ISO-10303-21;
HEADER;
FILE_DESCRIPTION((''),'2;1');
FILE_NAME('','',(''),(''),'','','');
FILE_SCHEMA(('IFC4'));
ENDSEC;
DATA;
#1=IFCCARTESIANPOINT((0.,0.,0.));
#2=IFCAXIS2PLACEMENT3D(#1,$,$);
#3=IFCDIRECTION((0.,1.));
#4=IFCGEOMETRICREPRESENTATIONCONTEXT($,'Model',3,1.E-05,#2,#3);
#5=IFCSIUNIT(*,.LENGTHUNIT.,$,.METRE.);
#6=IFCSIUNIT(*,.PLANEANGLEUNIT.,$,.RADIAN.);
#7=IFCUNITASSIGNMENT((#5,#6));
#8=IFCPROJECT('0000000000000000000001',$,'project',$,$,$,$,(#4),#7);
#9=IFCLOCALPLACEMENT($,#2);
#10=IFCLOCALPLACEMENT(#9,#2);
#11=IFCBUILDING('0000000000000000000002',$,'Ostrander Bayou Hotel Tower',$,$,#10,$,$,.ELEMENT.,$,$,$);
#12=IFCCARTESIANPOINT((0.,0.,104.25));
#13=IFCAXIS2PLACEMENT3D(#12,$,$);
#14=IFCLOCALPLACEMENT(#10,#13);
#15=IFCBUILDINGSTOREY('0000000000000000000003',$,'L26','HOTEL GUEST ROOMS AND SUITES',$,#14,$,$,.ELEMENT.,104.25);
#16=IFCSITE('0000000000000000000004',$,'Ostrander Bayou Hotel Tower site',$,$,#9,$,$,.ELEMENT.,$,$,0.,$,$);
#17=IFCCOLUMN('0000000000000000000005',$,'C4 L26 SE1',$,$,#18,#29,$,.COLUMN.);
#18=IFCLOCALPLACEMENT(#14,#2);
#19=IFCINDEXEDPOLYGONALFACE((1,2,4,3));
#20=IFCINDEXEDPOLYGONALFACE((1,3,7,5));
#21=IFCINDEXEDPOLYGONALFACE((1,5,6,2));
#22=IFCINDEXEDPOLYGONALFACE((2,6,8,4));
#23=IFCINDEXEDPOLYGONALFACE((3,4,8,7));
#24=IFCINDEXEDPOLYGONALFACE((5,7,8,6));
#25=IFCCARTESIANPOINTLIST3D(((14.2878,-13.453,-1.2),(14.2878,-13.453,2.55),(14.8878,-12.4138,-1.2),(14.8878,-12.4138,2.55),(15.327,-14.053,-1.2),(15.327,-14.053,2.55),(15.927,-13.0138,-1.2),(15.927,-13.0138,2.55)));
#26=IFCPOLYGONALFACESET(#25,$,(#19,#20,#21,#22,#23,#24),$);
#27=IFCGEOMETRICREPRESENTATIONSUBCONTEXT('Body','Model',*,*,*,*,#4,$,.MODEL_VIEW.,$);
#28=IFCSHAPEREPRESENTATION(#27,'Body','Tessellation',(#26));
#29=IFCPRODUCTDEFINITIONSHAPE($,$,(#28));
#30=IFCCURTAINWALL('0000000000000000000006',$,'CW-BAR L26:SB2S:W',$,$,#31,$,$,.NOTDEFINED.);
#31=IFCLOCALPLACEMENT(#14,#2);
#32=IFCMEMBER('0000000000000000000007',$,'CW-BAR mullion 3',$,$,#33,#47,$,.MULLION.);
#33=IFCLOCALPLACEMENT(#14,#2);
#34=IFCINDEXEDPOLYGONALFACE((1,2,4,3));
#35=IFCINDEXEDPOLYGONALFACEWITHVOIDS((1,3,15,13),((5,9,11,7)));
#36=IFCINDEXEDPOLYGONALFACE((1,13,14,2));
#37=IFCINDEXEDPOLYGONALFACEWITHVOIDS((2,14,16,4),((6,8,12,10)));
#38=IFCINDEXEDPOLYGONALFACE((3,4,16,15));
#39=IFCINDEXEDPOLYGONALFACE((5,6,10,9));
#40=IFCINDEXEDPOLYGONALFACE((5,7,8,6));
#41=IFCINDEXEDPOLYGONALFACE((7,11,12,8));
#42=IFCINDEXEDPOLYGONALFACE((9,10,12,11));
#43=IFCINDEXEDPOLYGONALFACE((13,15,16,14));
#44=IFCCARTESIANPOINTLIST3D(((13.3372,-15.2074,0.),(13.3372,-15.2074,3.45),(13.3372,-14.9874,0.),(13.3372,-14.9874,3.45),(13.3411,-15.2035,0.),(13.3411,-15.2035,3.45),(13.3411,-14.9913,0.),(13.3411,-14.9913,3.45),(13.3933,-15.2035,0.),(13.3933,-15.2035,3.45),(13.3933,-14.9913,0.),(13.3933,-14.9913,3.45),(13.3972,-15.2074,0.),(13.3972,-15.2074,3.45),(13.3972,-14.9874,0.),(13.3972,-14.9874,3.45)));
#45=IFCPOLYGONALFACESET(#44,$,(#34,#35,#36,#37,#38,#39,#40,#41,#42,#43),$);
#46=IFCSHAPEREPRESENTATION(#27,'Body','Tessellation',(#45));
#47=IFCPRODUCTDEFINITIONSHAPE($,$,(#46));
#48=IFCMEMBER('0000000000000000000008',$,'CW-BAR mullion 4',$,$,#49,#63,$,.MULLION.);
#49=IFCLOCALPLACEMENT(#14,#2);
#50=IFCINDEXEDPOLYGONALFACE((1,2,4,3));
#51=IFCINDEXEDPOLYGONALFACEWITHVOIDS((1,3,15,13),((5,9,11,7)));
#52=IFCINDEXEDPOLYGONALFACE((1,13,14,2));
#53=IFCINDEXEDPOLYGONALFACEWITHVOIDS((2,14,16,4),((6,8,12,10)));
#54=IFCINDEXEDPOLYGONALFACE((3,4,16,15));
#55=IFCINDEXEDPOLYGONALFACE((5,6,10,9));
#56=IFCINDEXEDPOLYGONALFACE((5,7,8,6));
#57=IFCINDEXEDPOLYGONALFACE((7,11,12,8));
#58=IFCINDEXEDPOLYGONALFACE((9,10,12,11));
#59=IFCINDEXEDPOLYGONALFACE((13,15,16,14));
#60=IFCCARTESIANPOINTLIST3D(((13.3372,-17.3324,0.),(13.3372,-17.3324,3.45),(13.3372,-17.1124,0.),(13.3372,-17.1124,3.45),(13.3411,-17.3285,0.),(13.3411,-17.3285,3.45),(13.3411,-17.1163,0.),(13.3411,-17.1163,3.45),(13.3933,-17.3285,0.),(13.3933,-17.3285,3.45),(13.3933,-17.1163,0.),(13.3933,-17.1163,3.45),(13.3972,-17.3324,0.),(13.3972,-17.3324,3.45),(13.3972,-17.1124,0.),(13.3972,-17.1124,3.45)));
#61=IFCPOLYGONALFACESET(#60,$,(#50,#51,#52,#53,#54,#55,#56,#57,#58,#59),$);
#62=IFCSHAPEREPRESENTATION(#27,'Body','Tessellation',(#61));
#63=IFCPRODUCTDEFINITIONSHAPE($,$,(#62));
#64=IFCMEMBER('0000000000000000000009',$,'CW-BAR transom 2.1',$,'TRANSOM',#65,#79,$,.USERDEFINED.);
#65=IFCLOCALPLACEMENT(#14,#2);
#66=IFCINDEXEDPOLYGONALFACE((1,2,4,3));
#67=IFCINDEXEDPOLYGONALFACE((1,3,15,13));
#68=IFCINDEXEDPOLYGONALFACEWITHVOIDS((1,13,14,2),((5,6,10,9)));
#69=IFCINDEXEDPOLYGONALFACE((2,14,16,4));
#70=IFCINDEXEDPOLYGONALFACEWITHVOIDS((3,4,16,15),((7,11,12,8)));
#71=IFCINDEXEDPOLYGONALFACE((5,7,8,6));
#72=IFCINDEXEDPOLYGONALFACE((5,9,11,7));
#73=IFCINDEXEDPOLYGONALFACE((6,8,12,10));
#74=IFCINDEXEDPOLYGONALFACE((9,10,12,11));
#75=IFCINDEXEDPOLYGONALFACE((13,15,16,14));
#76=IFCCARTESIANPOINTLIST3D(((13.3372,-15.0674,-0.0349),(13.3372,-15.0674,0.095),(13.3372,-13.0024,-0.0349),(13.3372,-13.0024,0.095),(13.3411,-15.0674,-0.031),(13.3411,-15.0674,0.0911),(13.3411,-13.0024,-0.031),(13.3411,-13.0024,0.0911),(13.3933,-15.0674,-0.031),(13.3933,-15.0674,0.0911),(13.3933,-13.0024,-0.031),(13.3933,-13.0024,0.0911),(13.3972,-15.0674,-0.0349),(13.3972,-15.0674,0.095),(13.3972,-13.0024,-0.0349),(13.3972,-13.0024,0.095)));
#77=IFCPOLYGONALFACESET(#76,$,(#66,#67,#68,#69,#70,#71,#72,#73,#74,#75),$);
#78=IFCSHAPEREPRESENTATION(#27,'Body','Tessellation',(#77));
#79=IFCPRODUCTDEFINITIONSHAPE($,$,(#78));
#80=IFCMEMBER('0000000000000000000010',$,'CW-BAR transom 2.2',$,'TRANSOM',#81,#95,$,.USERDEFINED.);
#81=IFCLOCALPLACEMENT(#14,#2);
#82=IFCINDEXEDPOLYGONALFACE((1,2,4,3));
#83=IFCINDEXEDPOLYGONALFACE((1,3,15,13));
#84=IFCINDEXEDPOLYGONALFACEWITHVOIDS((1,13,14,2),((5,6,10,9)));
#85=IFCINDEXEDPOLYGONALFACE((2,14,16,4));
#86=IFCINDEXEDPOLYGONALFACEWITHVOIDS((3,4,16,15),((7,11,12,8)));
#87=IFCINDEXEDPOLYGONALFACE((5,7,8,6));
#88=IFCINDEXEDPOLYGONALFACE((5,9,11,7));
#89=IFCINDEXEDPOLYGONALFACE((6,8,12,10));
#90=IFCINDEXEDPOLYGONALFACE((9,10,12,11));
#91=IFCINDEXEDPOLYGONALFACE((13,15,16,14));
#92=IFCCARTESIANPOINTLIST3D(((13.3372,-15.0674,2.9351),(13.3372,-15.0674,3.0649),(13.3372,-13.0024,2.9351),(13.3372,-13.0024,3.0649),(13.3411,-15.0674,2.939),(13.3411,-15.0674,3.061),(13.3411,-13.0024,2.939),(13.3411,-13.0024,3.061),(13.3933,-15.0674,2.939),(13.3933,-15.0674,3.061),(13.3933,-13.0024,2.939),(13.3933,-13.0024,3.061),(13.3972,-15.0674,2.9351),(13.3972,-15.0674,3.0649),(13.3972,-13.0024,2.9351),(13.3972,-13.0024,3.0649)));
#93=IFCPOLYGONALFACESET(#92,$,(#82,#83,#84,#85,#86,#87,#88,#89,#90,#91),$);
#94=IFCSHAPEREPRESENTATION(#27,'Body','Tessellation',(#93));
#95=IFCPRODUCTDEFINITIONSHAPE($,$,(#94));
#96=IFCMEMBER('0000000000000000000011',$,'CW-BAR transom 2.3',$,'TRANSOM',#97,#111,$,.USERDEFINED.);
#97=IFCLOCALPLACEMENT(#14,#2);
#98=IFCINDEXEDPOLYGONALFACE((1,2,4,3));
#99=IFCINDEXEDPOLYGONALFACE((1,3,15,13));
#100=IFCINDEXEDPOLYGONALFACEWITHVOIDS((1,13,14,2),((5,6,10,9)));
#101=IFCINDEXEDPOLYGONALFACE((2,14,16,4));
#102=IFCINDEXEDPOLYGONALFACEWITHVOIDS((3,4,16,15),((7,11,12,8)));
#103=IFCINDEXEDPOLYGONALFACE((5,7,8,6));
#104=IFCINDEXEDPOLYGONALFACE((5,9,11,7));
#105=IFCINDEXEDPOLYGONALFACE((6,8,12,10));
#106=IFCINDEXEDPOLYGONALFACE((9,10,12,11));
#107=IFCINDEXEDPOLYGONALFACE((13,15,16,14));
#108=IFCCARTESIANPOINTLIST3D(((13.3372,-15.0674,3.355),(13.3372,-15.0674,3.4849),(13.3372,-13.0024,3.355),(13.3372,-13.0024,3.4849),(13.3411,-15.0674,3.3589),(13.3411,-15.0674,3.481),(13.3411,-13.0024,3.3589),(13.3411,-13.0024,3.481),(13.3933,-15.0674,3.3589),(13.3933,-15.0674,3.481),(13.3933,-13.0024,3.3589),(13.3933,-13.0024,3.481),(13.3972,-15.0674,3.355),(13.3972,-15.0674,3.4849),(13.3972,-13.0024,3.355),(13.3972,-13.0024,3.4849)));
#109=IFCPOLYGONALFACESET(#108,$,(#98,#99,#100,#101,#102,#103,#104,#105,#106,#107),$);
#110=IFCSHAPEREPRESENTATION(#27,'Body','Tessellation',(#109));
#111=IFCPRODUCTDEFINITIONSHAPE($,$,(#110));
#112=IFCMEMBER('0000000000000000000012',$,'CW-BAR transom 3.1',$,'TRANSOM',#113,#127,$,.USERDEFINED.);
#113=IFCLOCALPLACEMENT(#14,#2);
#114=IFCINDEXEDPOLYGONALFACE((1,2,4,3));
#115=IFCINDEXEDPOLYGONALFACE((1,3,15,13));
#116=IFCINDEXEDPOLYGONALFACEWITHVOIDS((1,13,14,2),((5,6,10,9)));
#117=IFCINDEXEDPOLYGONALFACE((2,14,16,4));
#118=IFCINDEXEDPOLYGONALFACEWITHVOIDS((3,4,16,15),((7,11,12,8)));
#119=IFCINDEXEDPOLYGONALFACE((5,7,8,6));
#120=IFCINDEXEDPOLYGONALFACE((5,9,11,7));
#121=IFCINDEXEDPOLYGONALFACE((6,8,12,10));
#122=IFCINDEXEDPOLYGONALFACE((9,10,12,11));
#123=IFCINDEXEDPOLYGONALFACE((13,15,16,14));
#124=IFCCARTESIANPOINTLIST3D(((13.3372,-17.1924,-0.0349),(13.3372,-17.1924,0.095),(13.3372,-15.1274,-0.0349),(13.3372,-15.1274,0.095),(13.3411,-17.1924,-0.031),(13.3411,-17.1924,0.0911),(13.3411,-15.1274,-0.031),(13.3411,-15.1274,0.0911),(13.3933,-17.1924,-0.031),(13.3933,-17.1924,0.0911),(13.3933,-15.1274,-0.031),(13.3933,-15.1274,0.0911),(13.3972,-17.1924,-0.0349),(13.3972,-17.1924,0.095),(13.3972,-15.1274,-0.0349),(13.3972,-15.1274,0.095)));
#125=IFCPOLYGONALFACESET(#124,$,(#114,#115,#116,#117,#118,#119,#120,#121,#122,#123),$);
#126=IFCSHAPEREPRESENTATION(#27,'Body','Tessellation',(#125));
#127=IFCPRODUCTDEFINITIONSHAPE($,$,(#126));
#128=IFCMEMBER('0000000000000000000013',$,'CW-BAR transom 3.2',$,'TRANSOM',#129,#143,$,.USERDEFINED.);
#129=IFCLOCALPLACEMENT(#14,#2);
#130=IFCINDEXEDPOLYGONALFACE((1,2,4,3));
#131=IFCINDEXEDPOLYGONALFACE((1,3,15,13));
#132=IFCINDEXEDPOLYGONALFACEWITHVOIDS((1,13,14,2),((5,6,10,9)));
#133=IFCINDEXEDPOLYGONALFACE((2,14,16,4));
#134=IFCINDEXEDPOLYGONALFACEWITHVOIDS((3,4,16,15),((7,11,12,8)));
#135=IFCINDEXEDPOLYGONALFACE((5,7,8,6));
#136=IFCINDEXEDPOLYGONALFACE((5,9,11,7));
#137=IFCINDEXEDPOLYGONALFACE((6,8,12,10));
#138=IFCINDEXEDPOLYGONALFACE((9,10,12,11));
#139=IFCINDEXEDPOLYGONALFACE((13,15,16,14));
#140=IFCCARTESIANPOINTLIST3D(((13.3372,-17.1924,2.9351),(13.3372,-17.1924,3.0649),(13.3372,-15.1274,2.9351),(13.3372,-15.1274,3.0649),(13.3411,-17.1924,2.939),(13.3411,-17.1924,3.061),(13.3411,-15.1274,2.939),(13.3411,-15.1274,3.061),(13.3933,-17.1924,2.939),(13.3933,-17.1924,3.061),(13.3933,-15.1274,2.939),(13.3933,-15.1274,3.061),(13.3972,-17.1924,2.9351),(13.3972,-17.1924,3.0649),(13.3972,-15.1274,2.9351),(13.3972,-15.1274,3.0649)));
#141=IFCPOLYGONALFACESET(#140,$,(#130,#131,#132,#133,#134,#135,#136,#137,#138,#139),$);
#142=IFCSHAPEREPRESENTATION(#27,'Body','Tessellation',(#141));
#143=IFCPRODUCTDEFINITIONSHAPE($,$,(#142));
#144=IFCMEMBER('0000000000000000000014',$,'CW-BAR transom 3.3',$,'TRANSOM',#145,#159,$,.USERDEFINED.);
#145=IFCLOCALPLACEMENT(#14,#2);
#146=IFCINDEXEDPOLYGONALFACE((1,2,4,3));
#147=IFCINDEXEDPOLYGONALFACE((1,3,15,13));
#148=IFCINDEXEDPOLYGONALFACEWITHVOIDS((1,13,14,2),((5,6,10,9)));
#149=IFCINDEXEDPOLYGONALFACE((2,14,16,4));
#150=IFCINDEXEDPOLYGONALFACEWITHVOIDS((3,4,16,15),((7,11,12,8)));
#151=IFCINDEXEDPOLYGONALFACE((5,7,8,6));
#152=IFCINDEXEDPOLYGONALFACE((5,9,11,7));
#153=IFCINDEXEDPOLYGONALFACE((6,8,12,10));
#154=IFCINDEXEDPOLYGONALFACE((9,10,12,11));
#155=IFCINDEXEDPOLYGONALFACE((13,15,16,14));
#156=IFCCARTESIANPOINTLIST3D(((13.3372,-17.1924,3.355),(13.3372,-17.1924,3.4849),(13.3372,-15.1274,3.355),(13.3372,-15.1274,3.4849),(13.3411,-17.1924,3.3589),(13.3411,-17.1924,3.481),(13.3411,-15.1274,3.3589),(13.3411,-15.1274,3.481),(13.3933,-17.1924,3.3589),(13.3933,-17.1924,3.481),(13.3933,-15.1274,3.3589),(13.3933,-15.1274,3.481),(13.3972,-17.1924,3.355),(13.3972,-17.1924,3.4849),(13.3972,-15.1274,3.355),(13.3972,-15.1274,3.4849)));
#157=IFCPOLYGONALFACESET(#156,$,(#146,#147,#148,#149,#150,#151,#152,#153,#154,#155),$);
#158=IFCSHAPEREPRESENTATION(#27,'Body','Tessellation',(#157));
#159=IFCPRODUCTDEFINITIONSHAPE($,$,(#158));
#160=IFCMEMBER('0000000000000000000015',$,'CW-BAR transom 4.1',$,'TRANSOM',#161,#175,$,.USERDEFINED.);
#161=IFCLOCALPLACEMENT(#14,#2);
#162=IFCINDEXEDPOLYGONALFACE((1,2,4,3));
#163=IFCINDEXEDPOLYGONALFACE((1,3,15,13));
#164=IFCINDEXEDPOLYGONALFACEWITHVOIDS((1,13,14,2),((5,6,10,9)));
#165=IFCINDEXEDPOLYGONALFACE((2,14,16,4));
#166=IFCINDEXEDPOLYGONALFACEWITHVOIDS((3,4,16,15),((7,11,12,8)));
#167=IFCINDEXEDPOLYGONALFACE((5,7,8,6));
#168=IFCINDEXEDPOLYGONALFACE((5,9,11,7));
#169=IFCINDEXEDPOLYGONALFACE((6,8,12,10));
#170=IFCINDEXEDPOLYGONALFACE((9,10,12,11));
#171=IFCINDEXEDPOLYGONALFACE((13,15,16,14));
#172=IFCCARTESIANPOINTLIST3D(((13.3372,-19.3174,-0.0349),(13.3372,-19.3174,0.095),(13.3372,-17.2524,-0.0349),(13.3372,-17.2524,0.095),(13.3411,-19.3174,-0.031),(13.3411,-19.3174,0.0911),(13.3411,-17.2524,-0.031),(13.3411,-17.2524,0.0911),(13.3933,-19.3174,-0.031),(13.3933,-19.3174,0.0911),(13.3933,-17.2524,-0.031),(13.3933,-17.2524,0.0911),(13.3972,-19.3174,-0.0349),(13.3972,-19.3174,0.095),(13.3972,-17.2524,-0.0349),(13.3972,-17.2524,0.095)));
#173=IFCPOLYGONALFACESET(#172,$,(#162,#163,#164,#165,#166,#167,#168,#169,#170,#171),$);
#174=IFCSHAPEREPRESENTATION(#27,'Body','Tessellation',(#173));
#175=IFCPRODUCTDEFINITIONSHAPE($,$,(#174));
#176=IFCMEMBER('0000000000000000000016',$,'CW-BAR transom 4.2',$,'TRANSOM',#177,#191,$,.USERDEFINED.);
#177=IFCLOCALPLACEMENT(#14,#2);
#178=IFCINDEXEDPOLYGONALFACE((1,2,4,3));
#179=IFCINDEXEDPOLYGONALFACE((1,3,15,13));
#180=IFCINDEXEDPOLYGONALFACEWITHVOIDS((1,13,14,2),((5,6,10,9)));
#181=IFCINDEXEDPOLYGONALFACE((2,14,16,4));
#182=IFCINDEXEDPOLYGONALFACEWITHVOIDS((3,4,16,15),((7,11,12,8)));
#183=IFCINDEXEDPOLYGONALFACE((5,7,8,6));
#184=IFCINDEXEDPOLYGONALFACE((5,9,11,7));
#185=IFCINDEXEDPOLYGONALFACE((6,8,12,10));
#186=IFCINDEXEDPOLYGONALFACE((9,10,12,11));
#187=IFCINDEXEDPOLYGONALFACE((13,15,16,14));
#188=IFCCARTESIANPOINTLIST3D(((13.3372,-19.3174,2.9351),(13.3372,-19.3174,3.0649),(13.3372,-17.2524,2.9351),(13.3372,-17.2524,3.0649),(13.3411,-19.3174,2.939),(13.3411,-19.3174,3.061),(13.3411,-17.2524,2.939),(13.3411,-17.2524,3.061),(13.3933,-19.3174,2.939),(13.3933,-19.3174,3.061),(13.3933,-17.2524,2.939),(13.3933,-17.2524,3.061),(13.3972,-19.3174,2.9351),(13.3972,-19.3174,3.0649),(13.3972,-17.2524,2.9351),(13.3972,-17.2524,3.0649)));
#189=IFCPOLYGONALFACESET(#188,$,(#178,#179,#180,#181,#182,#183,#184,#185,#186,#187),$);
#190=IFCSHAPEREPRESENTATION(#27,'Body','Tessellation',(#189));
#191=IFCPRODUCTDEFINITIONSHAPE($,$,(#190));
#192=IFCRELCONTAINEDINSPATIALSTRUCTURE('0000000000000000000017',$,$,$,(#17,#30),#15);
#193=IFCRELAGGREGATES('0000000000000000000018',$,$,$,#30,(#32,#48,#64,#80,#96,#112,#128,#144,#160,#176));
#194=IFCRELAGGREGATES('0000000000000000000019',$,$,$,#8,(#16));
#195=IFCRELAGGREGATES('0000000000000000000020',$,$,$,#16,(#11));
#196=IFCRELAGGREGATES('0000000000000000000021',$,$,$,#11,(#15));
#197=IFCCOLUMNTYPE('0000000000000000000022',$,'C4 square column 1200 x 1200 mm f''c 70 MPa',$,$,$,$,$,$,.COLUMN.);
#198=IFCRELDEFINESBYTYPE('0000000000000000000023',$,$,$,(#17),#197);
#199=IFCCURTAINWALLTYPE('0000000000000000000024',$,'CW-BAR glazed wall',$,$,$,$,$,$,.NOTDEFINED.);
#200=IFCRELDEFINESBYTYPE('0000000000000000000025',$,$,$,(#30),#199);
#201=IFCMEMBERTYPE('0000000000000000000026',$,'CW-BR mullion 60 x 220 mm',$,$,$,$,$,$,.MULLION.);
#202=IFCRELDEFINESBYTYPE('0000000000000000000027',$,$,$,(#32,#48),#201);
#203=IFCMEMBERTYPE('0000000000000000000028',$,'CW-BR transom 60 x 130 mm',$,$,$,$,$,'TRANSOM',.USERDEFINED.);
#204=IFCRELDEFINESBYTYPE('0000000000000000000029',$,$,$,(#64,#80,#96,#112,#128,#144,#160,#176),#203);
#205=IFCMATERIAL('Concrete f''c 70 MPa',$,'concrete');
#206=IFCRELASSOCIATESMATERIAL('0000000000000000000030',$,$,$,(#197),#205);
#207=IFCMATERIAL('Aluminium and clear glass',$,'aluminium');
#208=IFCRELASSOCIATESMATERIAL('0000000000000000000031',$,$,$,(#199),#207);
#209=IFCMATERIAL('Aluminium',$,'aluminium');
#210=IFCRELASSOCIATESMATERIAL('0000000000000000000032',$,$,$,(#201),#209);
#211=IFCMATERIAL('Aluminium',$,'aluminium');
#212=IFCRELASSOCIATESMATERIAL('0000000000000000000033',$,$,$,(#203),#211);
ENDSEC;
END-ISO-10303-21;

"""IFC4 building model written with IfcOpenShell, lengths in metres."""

from ifc_helpers import new_model, si_unit, direction, frame, origin, origin_2d, place, context, subcontext, project, spatial, rectangle, hollow_rectangle, extrude, material, material_profile, profile_set, type_object, element, aggregate, save


model = new_model("IFC4")

# Units and contexts
model_context = context("Model", 3, precision=1e-05, world=origin(), true_north=direction((0.0, 1.0)))
body_context = subcontext(model_context, "Body", "Model", "MODEL_VIEW")
ifc_project = project(units=[si_unit("LENGTHUNIT", "METRE"), si_unit("PLANEANGLEUNIT", "RADIAN")], contexts=[model_context])

# Site, building, storey
site_placement = place(None, origin())
site = spatial("IfcSite", under=ifc_project, at=site_placement, Name="Ostrander Bayou Hotel Tower site", CompositionType="ELEMENT", RefElevation=0.0)
building_placement = place(site_placement, origin())
building = spatial("IfcBuilding", under=site, at=building_placement, Name="Ostrander Bayou Hotel Tower", CompositionType="ELEMENT")
storey_placement = place(building_placement, frame((0.0, 0.0, 104.25)))
storey = spatial("IfcBuildingStorey", under=building, at=storey_placement, Name="L26", Description="HOTEL GUEST ROOMS AND SUITES", CompositionType="ELEMENT", Elevation=104.25)

# Column
ifc_material_1 = material(Name="Concrete f'c 70 MPa", Category="concrete")
ifc_material_profile_1 = material_profile(ifc_material_1, rectangle(XDim=1.2, YDim=1.2, at=origin_2d()))
ifc_profile_set_1 = profile_set([ifc_material_profile_1], Name="Concrete f'c 70 MPa")
column_type = type_object("IfcColumnType", Name="C4 square column 1200 x 1200 mm f'c 70 MPa", PredefinedType="COLUMN", material=ifc_profile_set_1)
column_placement = place(storey_placement, frame((15.1074, -13.2334, -1.2), z_axis=(0.0, 0.0, 1.0), x_axis=(-0.5, -0.866025, 0.0)))
element("IfcColumn", 1, at=column_placement, inside=storey, type_object=column_type, Name="C4 L26 SE1", PredefinedType="COLUMN", context=body_context, shape_type="SweptSolid", body=[
    extrude(rectangle(XDim=1.2, YDim=1.2, at=origin_2d()), origin(), (0.0, 0.0, 1.0), 3.75),
])

# Curtain wall, members
ifc_material_2 = material(Name="Aluminium and clear glass", Category="aluminium")
curtain_wall_type = type_object("IfcCurtainWallType", Name="CW-BAR glazed wall", PredefinedType="NOTDEFINED", material=ifc_material_2)
curtain_wall_placement = place(storey_placement, origin())
curtain_wall = element("IfcCurtainWall", 2, at=curtain_wall_placement, inside=storey, type_object=curtain_wall_type, Name="CW-BAR L26:SB2S:W", PredefinedType="NOTDEFINED")
ifc_material_3 = material(Name="Aluminium", Category="aluminium")
ifc_material_profile_2 = material_profile(ifc_material_3, hollow_rectangle(XDim=0.0601, YDim=0.22, WallThickness=0.0039, at=origin_2d()))
ifc_profile_set_2 = profile_set([ifc_material_profile_2], Name="Aluminium")
member_type_1 = type_object("IfcMemberType", Name="CW-BR mullion 60 x 220 mm", PredefinedType="MULLION", material=ifc_profile_set_2)
member_1_placement = place(storey_placement, frame((13.3672, -15.0974, 0.0), z_axis=(0.0, 0.0, 1.0), x_axis=(1.0, 0.0, 0.0)))
member_1 = element("IfcMember", 3, at=member_1_placement, type_object=member_type_1, Name="CW-BAR mullion 3", PredefinedType="MULLION", context=body_context, shape_type="SweptSolid", body=[
    extrude(hollow_rectangle(XDim=0.0601, YDim=0.22, WallThickness=0.0039, at=origin_2d()), origin(), (0.0, 0.0, 1.0), 3.45),
])
member_2_placement = place(storey_placement, frame((13.3672, -17.2224, 0.0), z_axis=(0.0, 0.0, 1.0), x_axis=(1.0, 0.0, 0.0)))
member_2 = element("IfcMember", 4, at=member_2_placement, type_object=member_type_1, Name="CW-BAR mullion 4", PredefinedType="MULLION", context=body_context, shape_type="SweptSolid", body=[
    extrude(hollow_rectangle(XDim=0.0601, YDim=0.22, WallThickness=0.0039, at=origin_2d()), origin(), (0.0, 0.0, 1.0), 3.45),
])
ifc_material_4 = material(Name="Aluminium", Category="aluminium")
ifc_material_profile_3 = material_profile(ifc_material_4, hollow_rectangle(XDim=0.0601, YDim=0.1299, WallThickness=0.0039, at=origin_2d()))
ifc_profile_set_3 = profile_set([ifc_material_profile_3], Name="Aluminium")
member_type_2 = type_object("IfcMemberType", Name="CW-BR transom 60 x 130 mm", ElementType="TRANSOM", PredefinedType="USERDEFINED", material=ifc_profile_set_3)
member_3_placement = place(storey_placement, frame((13.3672, -13.0024, 0.03), z_axis=(0.0, -1.0, 0.0), x_axis=(1.0, 0.0, 0.0)))
member_3 = element("IfcMember", 5, at=member_3_placement, type_object=member_type_2, Name="CW-BAR transom 2.1", ObjectType="TRANSOM", PredefinedType="USERDEFINED", context=body_context, shape_type="SweptSolid", body=[
    extrude(hollow_rectangle(XDim=0.0601, YDim=0.1299, WallThickness=0.0039, at=origin_2d()), origin(), (0.0, 0.0, 1.0), 2.0649),
])
member_4_placement = place(storey_placement, frame((13.3672, -13.0024, 3.0), z_axis=(0.0, -1.0, 0.0), x_axis=(1.0, 0.0, 0.0)))
member_4 = element("IfcMember", 6, at=member_4_placement, type_object=member_type_2, Name="CW-BAR transom 2.2", ObjectType="TRANSOM", PredefinedType="USERDEFINED", context=body_context, shape_type="SweptSolid", body=[
    extrude(hollow_rectangle(XDim=0.0601, YDim=0.1299, WallThickness=0.0039, at=origin_2d()), origin(), (0.0, 0.0, 1.0), 2.0649),
])
member_5_placement = place(storey_placement, frame((13.3672, -13.0024, 3.4199), z_axis=(0.0, -1.0, 0.0), x_axis=(1.0, 0.0, 0.0)))
member_5 = element("IfcMember", 7, at=member_5_placement, type_object=member_type_2, Name="CW-BAR transom 2.3", ObjectType="TRANSOM", PredefinedType="USERDEFINED", context=body_context, shape_type="SweptSolid", body=[
    extrude(hollow_rectangle(XDim=0.0601, YDim=0.1299, WallThickness=0.0039, at=origin_2d()), origin(), (0.0, 0.0, 1.0), 2.0649),
])
member_6_placement = place(storey_placement, frame((13.3672, -15.1274, 0.03), z_axis=(0.0, -1.0, 0.0), x_axis=(1.0, 0.0, 0.0)))
member_6 = element("IfcMember", 8, at=member_6_placement, type_object=member_type_2, Name="CW-BAR transom 3.1", ObjectType="TRANSOM", PredefinedType="USERDEFINED", context=body_context, shape_type="SweptSolid", body=[
    extrude(hollow_rectangle(XDim=0.0601, YDim=0.1299, WallThickness=0.0039, at=origin_2d()), origin(), (0.0, 0.0, 1.0), 2.0649),
])
member_7_placement = place(storey_placement, frame((13.3672, -15.1274, 3.0), z_axis=(0.0, -1.0, 0.0), x_axis=(1.0, 0.0, 0.0)))
member_7 = element("IfcMember", 9, at=member_7_placement, type_object=member_type_2, Name="CW-BAR transom 3.2", ObjectType="TRANSOM", PredefinedType="USERDEFINED", context=body_context, shape_type="SweptSolid", body=[
    extrude(hollow_rectangle(XDim=0.0601, YDim=0.1299, WallThickness=0.0039, at=origin_2d()), origin(), (0.0, 0.0, 1.0), 2.0649),
])
member_8_placement = place(storey_placement, frame((13.3672, -15.1274, 3.4199), z_axis=(0.0, -1.0, 0.0), x_axis=(1.0, 0.0, 0.0)))
member_8 = element("IfcMember", 10, at=member_8_placement, type_object=member_type_2, Name="CW-BAR transom 3.3", ObjectType="TRANSOM", PredefinedType="USERDEFINED", context=body_context, shape_type="SweptSolid", body=[
    extrude(hollow_rectangle(XDim=0.0601, YDim=0.1299, WallThickness=0.0039, at=origin_2d()), origin(), (0.0, 0.0, 1.0), 2.0649),
])
member_9_placement = place(storey_placement, frame((13.3672, -17.2524, 0.03), z_axis=(0.0, -1.0, 0.0), x_axis=(1.0, 0.0, 0.0)))
member_9 = element("IfcMember", 11, at=member_9_placement, type_object=member_type_2, Name="CW-BAR transom 4.1", ObjectType="TRANSOM", PredefinedType="USERDEFINED", context=body_context, shape_type="SweptSolid", body=[
    extrude(hollow_rectangle(XDim=0.0601, YDim=0.1299, WallThickness=0.0039, at=origin_2d()), origin(), (0.0, 0.0, 1.0), 2.0649),
])
member_10_placement = place(storey_placement, frame((13.3672, -17.2524, 3.0), z_axis=(0.0, -1.0, 0.0), x_axis=(1.0, 0.0, 0.0)))
member_10 = element("IfcMember", 12, at=member_10_placement, type_object=member_type_2, Name="CW-BAR transom 4.2", ObjectType="TRANSOM", PredefinedType="USERDEFINED", context=body_context, shape_type="SweptSolid", body=[
    extrude(hollow_rectangle(XDim=0.0601, YDim=0.1299, WallThickness=0.0039, at=origin_2d()), origin(), (0.0, 0.0, 1.0), 2.0649),
])

aggregate(curtain_wall, [member_1, member_2, member_3, member_4, member_5, member_6, member_7, member_8, member_9, member_10])

save(model, "model.ifc")
